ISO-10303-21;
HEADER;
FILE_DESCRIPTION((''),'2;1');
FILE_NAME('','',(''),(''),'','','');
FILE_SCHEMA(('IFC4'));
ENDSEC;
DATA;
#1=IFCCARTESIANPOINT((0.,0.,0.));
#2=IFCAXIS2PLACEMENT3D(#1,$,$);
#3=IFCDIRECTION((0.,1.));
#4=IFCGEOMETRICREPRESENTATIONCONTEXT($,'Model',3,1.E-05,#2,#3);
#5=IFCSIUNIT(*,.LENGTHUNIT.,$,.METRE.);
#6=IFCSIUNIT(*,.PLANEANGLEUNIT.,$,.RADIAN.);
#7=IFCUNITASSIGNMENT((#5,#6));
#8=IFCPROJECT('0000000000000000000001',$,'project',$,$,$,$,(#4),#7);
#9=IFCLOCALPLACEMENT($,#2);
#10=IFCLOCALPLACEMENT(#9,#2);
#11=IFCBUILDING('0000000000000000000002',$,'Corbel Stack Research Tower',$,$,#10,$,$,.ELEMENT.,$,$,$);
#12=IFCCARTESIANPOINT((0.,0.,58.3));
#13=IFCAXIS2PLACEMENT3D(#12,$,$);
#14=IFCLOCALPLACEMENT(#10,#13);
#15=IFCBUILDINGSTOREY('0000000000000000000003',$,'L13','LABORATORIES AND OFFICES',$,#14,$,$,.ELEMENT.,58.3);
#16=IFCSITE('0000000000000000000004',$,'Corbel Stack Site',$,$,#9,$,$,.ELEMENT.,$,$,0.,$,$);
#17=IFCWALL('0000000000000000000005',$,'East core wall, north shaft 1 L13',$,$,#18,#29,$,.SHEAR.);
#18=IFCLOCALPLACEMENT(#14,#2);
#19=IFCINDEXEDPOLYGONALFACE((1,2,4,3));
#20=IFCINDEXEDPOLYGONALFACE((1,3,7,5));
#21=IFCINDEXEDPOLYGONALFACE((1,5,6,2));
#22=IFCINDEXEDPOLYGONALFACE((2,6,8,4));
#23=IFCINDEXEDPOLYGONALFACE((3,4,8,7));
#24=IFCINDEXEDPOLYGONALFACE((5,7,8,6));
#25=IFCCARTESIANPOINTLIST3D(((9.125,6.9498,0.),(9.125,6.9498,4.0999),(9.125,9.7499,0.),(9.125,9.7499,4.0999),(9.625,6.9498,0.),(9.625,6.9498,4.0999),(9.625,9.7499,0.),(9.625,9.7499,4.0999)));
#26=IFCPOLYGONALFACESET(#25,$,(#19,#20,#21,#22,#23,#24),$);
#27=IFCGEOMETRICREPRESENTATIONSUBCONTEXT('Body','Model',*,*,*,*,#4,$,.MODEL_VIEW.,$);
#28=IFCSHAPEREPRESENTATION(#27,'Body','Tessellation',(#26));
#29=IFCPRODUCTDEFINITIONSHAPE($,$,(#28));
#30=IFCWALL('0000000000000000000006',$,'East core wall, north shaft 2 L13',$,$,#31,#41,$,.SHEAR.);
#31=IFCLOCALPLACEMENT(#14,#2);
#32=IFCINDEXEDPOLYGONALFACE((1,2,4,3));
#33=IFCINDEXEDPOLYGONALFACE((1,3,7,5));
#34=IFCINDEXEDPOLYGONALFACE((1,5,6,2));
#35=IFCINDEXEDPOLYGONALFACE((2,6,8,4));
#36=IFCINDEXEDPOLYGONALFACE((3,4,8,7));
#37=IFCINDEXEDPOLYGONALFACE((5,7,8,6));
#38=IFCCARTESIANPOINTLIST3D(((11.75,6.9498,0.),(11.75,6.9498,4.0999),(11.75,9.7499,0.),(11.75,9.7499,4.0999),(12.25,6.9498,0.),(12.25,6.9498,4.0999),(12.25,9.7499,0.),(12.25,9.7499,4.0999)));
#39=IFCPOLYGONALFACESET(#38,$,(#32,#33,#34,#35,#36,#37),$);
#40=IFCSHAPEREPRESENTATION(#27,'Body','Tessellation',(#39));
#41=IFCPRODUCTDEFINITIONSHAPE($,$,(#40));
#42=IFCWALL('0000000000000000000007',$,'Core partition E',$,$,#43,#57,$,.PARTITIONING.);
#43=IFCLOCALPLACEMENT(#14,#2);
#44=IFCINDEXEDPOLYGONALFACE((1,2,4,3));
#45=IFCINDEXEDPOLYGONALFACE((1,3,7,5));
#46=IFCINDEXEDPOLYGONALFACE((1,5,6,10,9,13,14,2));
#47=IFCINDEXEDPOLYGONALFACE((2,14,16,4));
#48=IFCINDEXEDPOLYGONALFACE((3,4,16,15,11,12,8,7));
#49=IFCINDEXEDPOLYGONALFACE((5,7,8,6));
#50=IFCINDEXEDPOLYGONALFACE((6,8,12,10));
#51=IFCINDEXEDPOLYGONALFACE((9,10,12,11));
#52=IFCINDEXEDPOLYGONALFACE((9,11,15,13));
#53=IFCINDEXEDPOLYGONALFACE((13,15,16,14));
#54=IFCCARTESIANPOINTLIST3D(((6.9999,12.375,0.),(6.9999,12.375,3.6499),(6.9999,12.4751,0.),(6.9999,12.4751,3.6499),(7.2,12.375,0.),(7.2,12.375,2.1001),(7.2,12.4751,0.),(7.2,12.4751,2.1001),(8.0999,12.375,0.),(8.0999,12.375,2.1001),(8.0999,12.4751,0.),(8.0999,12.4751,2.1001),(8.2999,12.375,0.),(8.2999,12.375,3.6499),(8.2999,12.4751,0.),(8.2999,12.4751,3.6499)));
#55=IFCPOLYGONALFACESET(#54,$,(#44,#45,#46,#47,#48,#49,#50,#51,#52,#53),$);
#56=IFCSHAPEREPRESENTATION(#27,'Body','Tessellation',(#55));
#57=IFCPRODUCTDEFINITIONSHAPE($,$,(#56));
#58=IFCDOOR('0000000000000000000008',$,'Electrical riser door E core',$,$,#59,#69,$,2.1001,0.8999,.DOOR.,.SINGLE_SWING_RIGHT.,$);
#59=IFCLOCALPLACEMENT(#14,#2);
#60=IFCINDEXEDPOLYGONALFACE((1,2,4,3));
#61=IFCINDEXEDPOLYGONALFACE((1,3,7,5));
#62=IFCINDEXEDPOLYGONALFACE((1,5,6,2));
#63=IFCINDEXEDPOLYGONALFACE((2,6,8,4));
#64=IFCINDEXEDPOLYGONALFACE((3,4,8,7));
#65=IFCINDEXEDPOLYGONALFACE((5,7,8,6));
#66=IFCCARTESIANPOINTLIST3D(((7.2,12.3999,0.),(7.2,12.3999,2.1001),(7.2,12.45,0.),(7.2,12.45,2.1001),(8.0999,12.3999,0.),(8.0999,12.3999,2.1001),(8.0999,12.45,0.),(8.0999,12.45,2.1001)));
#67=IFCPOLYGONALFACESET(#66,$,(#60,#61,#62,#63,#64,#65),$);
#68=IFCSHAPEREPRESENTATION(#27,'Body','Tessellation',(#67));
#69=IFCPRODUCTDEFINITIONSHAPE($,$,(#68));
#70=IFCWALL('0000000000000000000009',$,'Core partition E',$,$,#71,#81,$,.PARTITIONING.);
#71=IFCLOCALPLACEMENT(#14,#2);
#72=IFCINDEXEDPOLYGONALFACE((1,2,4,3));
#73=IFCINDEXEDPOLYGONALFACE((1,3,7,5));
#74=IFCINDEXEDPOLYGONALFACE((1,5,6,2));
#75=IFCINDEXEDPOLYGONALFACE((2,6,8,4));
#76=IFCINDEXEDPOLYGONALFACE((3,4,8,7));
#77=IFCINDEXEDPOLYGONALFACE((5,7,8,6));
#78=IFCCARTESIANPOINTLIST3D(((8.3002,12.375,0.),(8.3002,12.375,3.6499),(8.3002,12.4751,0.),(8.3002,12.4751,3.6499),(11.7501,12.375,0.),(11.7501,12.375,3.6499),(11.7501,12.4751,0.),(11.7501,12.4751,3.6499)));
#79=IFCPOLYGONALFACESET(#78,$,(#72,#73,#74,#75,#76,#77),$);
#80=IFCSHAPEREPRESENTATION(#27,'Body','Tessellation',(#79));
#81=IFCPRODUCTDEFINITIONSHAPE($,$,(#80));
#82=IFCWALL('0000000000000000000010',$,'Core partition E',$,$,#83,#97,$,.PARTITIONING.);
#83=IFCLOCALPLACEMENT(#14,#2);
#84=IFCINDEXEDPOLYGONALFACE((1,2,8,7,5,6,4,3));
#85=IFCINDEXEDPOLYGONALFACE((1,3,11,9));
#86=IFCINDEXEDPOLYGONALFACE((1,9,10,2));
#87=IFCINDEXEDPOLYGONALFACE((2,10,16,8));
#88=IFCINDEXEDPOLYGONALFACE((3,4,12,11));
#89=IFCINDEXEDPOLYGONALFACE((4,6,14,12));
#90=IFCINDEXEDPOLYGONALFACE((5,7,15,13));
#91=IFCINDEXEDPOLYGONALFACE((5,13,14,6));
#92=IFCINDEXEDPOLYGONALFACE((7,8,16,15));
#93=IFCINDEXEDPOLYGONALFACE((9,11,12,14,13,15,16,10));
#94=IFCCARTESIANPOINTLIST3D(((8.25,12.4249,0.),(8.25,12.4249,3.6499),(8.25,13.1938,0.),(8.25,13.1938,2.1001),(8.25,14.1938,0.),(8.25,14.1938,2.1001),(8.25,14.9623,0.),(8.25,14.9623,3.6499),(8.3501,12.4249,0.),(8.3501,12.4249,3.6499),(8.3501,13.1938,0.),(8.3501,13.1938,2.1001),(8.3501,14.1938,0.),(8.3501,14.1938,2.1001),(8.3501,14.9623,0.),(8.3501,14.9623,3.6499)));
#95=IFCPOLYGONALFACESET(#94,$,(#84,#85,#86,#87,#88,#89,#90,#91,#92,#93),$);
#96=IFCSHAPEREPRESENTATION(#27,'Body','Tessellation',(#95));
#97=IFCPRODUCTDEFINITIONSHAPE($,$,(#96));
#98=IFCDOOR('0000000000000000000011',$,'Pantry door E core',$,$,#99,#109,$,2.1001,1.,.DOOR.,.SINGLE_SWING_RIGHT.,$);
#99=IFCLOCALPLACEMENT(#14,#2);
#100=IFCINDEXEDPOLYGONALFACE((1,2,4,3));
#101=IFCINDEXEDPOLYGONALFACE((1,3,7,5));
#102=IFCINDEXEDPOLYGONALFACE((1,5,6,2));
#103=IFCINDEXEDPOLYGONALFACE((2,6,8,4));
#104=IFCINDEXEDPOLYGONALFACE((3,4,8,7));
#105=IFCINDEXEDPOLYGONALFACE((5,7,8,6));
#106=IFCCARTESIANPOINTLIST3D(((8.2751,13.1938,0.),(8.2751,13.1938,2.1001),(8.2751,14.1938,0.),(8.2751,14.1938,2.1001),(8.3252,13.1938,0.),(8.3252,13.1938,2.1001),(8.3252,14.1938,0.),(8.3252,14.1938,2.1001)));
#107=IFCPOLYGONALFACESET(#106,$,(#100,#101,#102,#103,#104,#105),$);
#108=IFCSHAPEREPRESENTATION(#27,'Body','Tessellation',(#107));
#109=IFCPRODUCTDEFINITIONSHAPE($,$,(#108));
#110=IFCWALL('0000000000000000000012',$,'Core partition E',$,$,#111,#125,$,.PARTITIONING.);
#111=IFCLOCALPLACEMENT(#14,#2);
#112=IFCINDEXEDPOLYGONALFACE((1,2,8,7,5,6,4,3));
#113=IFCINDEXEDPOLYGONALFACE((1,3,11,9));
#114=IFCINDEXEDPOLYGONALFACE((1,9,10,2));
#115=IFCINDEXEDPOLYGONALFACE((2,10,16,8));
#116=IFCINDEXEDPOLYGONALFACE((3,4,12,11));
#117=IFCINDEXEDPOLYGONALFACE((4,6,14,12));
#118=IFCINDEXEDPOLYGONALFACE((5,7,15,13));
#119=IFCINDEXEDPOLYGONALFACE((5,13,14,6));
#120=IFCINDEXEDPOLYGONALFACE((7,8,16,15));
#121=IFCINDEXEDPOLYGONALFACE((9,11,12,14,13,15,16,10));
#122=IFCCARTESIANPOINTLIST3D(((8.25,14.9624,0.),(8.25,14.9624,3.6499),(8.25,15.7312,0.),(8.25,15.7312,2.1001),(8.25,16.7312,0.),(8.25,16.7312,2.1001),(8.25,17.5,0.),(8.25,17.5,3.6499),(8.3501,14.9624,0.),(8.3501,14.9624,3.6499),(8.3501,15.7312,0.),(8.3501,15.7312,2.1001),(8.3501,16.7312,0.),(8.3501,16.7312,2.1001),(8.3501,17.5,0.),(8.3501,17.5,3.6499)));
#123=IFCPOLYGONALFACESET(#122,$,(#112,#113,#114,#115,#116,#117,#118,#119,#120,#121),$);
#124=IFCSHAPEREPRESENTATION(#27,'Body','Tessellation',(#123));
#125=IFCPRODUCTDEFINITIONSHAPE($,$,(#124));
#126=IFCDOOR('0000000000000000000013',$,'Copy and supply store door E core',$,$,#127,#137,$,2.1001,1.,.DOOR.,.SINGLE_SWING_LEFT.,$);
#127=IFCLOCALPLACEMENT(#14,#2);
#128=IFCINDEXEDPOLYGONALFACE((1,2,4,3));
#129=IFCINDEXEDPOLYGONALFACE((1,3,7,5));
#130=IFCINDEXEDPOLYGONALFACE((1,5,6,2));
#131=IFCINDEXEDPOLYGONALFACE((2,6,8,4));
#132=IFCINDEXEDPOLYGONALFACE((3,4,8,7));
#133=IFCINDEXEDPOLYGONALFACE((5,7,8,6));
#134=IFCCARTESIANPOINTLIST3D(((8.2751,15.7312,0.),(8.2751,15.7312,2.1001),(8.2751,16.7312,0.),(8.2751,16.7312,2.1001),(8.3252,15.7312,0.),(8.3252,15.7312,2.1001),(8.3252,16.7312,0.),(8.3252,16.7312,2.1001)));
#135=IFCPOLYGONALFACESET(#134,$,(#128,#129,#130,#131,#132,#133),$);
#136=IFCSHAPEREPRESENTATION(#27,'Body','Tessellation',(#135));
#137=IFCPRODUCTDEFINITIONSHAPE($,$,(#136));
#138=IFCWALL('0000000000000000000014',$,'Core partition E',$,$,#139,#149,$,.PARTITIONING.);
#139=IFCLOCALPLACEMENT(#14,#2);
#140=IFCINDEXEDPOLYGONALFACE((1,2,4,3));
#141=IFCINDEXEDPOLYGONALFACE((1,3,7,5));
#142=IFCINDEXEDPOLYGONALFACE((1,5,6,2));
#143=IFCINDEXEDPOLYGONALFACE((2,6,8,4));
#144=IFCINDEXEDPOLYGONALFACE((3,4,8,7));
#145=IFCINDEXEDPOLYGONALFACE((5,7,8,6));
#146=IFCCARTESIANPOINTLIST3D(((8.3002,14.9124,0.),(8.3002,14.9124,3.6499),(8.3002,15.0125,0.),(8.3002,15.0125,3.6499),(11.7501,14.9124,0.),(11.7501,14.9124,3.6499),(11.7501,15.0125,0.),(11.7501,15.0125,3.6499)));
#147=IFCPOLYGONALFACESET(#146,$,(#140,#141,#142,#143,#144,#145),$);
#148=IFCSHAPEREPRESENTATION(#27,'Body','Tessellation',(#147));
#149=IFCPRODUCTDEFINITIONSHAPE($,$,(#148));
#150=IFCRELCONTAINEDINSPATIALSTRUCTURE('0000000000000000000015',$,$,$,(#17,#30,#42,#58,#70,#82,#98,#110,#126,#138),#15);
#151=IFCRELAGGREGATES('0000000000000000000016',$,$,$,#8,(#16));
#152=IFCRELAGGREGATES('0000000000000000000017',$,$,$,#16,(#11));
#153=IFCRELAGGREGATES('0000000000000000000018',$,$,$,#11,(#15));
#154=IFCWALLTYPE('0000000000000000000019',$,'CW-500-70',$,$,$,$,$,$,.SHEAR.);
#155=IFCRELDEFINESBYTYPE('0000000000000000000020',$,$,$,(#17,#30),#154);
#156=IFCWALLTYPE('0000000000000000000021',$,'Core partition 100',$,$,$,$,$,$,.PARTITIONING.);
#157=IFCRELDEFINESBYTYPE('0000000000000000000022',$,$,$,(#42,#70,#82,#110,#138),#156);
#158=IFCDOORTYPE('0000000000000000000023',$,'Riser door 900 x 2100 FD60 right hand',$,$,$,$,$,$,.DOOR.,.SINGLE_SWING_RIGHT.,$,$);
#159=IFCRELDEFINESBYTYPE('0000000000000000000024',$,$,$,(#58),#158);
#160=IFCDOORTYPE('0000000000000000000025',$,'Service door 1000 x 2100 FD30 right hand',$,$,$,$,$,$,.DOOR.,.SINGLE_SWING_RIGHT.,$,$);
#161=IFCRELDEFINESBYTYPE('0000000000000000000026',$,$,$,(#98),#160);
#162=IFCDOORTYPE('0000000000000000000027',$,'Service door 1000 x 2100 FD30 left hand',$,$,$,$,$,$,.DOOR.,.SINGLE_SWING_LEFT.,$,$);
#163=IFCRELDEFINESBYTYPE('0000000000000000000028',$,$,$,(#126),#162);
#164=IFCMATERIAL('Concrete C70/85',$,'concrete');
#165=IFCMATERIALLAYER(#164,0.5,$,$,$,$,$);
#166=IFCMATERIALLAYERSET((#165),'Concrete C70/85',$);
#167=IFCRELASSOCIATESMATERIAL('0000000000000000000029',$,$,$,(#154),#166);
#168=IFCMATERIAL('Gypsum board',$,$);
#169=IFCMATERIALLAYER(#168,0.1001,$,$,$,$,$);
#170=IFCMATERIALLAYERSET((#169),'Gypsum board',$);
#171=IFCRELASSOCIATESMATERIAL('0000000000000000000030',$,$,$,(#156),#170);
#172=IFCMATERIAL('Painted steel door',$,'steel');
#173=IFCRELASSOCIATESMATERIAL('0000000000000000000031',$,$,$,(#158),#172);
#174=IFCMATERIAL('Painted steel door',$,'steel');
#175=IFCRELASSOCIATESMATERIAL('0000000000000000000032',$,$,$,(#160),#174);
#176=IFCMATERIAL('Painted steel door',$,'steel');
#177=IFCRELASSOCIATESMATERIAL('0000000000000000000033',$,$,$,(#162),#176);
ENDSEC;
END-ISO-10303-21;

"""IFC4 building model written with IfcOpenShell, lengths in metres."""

from ifc_helpers import new_model, si_unit, direction, frame, frame_2d, origin, place, context, subcontext, project, spatial, rectangle, extrude, material, layer, layer_set, type_object, element, fill, save


model = new_model("IFC4")

# Units and contexts
model_context = context("Model", 3, precision=1e-05, world=origin(), true_north=direction((0.0, 1.0)))
body_context = subcontext(model_context, "Body", "Model", "MODEL_VIEW")
ifc_project = project(units=[si_unit("LENGTHUNIT", "METRE"), si_unit("PLANEANGLEUNIT", "RADIAN")], contexts=[model_context])

# Site, building, storey
site_placement = place(None, origin())
site = spatial("IfcSite", under=ifc_project, at=site_placement, Name="Corbel Stack Site", CompositionType="ELEMENT", RefElevation=0.0)
building_placement = place(site_placement, origin())
building = spatial("IfcBuilding", under=site, at=building_placement, Name="Corbel Stack Research Tower", CompositionType="ELEMENT")
storey_placement = place(building_placement, frame((0.0, 0.0, 58.3)))
storey = spatial("IfcBuildingStorey", under=building, at=storey_placement, Name="L13", Description="LABORATORIES AND OFFICES", CompositionType="ELEMENT", Elevation=58.3)

# Shared definitions
ifc_material_1 = material(Name="Concrete C70/85", Category="concrete")
ifc_layer_1 = layer(ifc_material_1, 0.5)
ifc_layer_set_1 = layer_set([ifc_layer_1], Name="Concrete C70/85")
wall_type_1 = type_object("IfcWallType", Name="CW-500-70", PredefinedType="SHEAR", material=ifc_layer_set_1)

# Walls
for number, where, z_axis, x_axis, name in (
    (1, (9.375, 6.95, 0.0), (0.0, 0.0, 1.0), (0.0, 1.0, 0.0), "East core wall, north shaft 1 L13"),
    (2, (12.0, 6.95, 0.0), (0.0, 0.0, 1.0), (0.0, 1.0, 0.0), "East core wall, north shaft 2 L13"),
):
    element("IfcWall", number, at=place(storey_placement, frame(where, z_axis=z_axis, x_axis=x_axis)), inside=storey, type_object=wall_type_1, Name=name, PredefinedType="SHEAR", context=body_context, shape_type="SweptSolid", body=[
        extrude(rectangle(XDim=2.8, YDim=0.5, at=frame_2d((1.3999, 0.0))), origin(), (0.0, 0.0, 1.0), 4.0999),
    ])

# Wall, opening, door
ifc_material_2 = material(Name="Gypsum board")
ifc_layer_2 = layer(ifc_material_2, 0.1001)
ifc_layer_set_2 = layer_set([ifc_layer_2], Name="Gypsum board")
wall_type_2 = type_object("IfcWallType", Name="Core partition 100", PredefinedType="PARTITIONING", material=ifc_layer_set_2)
wall_1_placement = place(storey_placement, frame((7.0, 12.425, 0.0), z_axis=(0.0, 0.0, 1.0), x_axis=(1.0, 0.0, 0.0)))
wall_1 = element("IfcWall", 3, at=wall_1_placement, inside=storey, type_object=wall_type_2, Name="Core partition E", PredefinedType="PARTITIONING", context=body_context, shape_type="SweptSolid", body=[
    extrude(rectangle(XDim=1.3, YDim=0.1001, at=frame_2d((0.6499, 0.0))), origin(), (0.0, 0.0, 1.0), 3.6499),
])
opening_1_placement = place(wall_1_placement, frame((0.2, 0.0, 0.0)))
opening_1 = element("IfcOpeningElement", 4, at=opening_1_placement, cuts=wall_1, PredefinedType="OPENING", context=body_context, shape_type="SweptSolid", body=[
    extrude(rectangle(XDim=0.8999, YDim=2.1001, at=frame_2d((0.45, 1.05))), frame((0.0, 0.0601, 0.0), z_axis=(0.0, -1.0, 0.0), x_axis=(1.0, 0.0, 0.0)), (0.0, 0.0, 1.0), 0.1201),
])
ifc_material_3 = material(Name="Painted steel door", Category="steel")
door_type_1 = type_object("IfcDoorType", Name="Riser door 900 x 2100 FD60 right hand", OperationType="SINGLE_SWING_RIGHT", PredefinedType="DOOR", material=ifc_material_3)
door_1_placement = place(opening_1_placement, origin())
door_1 = element("IfcDoor", 5, at=door_1_placement, inside=storey, type_object=door_type_1, Name="Electrical riser door E core", OperationType="SINGLE_SWING_RIGHT", OverallHeight=2.1001, OverallWidth=0.8999, PredefinedType="DOOR", context=body_context, shape_type="SweptSolid", body=[
    extrude(rectangle(XDim=0.8999, YDim=2.1001, at=frame_2d((0.45, 1.05))), frame((0.0, 0.0249, 0.0), z_axis=(0.0, -1.0, 0.0), x_axis=(1.0, 0.0, 0.0)), (0.0, 0.0, 1.0), 0.05),
])
fill(opening_1, door_1)

# Wall
wall_2_placement = place(storey_placement, frame((8.3, 12.425, 0.0), z_axis=(0.0, 0.0, 1.0), x_axis=(1.0, 0.0, 0.0)))
element("IfcWall", 6, at=wall_2_placement, inside=storey, type_object=wall_type_2, Name="Core partition E", PredefinedType="PARTITIONING", context=body_context, shape_type="SweptSolid", body=[
    extrude(rectangle(XDim=3.45, YDim=0.1001, at=frame_2d((1.7251, 0.0))), origin(), (0.0, 0.0, 1.0), 3.6499),
])

# Walls, openings, doors
wall_3_placement = place(storey_placement, frame((8.3, 12.425, 0.0), z_axis=(0.0, 0.0, 1.0), x_axis=(0.0, 1.0, 0.0)))
wall_3 = element("IfcWall", 7, at=wall_3_placement, inside=storey, type_object=wall_type_2, Name="Core partition E", PredefinedType="PARTITIONING", context=body_context, shape_type="SweptSolid", body=[
    extrude(rectangle(XDim=2.5374, YDim=0.1001, at=frame_2d((1.2686, 0.0))), origin(), (0.0, 0.0, 1.0), 3.6499),
])
opening_2_placement = place(wall_3_placement, frame((0.7688, 0.0, 0.0)))
opening_2 = element("IfcOpeningElement", 8, at=opening_2_placement, cuts=wall_3, PredefinedType="OPENING", context=body_context, shape_type="SweptSolid", body=[
    extrude(rectangle(XDim=1.0, YDim=2.1001, at=frame_2d((0.5, 1.05))), frame((0.0, 0.0601, 0.0), z_axis=(0.0, -1.0, 0.0), x_axis=(1.0, 0.0, 0.0)), (0.0, 0.0, 1.0), 0.1201),
])
ifc_material_4 = material(Name="Painted steel door", Category="steel")
door_type_2 = type_object("IfcDoorType", Name="Service door 1000 x 2100 FD30 right hand", OperationType="SINGLE_SWING_RIGHT", PredefinedType="DOOR", material=ifc_material_4)
door_2_placement = place(opening_2_placement, origin())
door_2 = element("IfcDoor", 9, at=door_2_placement, inside=storey, type_object=door_type_2, Name="Pantry door E core", OperationType="SINGLE_SWING_RIGHT", OverallHeight=2.1001, OverallWidth=1.0, PredefinedType="DOOR", context=body_context, shape_type="SweptSolid", body=[
    extrude(rectangle(XDim=1.0, YDim=2.1001, at=frame_2d((0.5, 1.05))), frame((0.0, 0.0249, 0.0), z_axis=(0.0, -1.0, 0.0), x_axis=(1.0, 0.0, 0.0)), (0.0, 0.0, 1.0), 0.05),
])
fill(opening_2, door_2)
wall_4_placement = place(storey_placement, frame((8.3, 14.9624, 0.0), z_axis=(0.0, 0.0, 1.0), x_axis=(0.0, 1.0, 0.0)))
wall_4 = element("IfcWall", 10, at=wall_4_placement, inside=storey, type_object=wall_type_2, Name="Core partition E", PredefinedType="PARTITIONING", context=body_context, shape_type="SweptSolid", body=[
    extrude(rectangle(XDim=2.5376, YDim=0.1001, at=frame_2d((1.2688, 0.0))), origin(), (0.0, 0.0, 1.0), 3.6499),
])
opening_3_placement = place(wall_4_placement, frame((0.7688, 0.0, 0.0)))
opening_3 = element("IfcOpeningElement", 11, at=opening_3_placement, cuts=wall_4, PredefinedType="OPENING", context=body_context, shape_type="SweptSolid", body=[
    extrude(rectangle(XDim=1.0, YDim=2.1001, at=frame_2d((0.5, 1.05))), frame((0.0, 0.0601, 0.0), z_axis=(0.0, -1.0, 0.0), x_axis=(1.0, 0.0, 0.0)), (0.0, 0.0, 1.0), 0.1201),
])
ifc_material_5 = material(Name="Painted steel door", Category="steel")
door_type_3 = type_object("IfcDoorType", Name="Service door 1000 x 2100 FD30 left hand", OperationType="SINGLE_SWING_LEFT", PredefinedType="DOOR", material=ifc_material_5)
door_3_placement = place(opening_3_placement, origin())
door_3 = element("IfcDoor", 12, at=door_3_placement, inside=storey, type_object=door_type_3, Name="Copy and supply store door E core", OperationType="SINGLE_SWING_LEFT", OverallHeight=2.1001, OverallWidth=1.0, PredefinedType="DOOR", context=body_context, shape_type="SweptSolid", body=[
    extrude(rectangle(XDim=1.0, YDim=2.1001, at=frame_2d((0.5, 1.05))), frame((0.0, 0.0249, 0.0), z_axis=(0.0, -1.0, 0.0), x_axis=(1.0, 0.0, 0.0)), (0.0, 0.0, 1.0), 0.05),
])
fill(opening_3, door_3)

# Wall
wall_5_placement = place(storey_placement, frame((8.3, 14.9624, 0.0), z_axis=(0.0, 0.0, 1.0), x_axis=(1.0, 0.0, 0.0)))
element("IfcWall", 13, at=wall_5_placement, inside=storey, type_object=wall_type_2, Name="Core partition E", PredefinedType="PARTITIONING", context=body_context, shape_type="SweptSolid", body=[
    extrude(rectangle(XDim=3.45, YDim=0.1001, at=frame_2d((1.7251, 0.0))), origin(), (0.0, 0.0, 1.0), 3.6499),
])

save(model, "model.ifc")
